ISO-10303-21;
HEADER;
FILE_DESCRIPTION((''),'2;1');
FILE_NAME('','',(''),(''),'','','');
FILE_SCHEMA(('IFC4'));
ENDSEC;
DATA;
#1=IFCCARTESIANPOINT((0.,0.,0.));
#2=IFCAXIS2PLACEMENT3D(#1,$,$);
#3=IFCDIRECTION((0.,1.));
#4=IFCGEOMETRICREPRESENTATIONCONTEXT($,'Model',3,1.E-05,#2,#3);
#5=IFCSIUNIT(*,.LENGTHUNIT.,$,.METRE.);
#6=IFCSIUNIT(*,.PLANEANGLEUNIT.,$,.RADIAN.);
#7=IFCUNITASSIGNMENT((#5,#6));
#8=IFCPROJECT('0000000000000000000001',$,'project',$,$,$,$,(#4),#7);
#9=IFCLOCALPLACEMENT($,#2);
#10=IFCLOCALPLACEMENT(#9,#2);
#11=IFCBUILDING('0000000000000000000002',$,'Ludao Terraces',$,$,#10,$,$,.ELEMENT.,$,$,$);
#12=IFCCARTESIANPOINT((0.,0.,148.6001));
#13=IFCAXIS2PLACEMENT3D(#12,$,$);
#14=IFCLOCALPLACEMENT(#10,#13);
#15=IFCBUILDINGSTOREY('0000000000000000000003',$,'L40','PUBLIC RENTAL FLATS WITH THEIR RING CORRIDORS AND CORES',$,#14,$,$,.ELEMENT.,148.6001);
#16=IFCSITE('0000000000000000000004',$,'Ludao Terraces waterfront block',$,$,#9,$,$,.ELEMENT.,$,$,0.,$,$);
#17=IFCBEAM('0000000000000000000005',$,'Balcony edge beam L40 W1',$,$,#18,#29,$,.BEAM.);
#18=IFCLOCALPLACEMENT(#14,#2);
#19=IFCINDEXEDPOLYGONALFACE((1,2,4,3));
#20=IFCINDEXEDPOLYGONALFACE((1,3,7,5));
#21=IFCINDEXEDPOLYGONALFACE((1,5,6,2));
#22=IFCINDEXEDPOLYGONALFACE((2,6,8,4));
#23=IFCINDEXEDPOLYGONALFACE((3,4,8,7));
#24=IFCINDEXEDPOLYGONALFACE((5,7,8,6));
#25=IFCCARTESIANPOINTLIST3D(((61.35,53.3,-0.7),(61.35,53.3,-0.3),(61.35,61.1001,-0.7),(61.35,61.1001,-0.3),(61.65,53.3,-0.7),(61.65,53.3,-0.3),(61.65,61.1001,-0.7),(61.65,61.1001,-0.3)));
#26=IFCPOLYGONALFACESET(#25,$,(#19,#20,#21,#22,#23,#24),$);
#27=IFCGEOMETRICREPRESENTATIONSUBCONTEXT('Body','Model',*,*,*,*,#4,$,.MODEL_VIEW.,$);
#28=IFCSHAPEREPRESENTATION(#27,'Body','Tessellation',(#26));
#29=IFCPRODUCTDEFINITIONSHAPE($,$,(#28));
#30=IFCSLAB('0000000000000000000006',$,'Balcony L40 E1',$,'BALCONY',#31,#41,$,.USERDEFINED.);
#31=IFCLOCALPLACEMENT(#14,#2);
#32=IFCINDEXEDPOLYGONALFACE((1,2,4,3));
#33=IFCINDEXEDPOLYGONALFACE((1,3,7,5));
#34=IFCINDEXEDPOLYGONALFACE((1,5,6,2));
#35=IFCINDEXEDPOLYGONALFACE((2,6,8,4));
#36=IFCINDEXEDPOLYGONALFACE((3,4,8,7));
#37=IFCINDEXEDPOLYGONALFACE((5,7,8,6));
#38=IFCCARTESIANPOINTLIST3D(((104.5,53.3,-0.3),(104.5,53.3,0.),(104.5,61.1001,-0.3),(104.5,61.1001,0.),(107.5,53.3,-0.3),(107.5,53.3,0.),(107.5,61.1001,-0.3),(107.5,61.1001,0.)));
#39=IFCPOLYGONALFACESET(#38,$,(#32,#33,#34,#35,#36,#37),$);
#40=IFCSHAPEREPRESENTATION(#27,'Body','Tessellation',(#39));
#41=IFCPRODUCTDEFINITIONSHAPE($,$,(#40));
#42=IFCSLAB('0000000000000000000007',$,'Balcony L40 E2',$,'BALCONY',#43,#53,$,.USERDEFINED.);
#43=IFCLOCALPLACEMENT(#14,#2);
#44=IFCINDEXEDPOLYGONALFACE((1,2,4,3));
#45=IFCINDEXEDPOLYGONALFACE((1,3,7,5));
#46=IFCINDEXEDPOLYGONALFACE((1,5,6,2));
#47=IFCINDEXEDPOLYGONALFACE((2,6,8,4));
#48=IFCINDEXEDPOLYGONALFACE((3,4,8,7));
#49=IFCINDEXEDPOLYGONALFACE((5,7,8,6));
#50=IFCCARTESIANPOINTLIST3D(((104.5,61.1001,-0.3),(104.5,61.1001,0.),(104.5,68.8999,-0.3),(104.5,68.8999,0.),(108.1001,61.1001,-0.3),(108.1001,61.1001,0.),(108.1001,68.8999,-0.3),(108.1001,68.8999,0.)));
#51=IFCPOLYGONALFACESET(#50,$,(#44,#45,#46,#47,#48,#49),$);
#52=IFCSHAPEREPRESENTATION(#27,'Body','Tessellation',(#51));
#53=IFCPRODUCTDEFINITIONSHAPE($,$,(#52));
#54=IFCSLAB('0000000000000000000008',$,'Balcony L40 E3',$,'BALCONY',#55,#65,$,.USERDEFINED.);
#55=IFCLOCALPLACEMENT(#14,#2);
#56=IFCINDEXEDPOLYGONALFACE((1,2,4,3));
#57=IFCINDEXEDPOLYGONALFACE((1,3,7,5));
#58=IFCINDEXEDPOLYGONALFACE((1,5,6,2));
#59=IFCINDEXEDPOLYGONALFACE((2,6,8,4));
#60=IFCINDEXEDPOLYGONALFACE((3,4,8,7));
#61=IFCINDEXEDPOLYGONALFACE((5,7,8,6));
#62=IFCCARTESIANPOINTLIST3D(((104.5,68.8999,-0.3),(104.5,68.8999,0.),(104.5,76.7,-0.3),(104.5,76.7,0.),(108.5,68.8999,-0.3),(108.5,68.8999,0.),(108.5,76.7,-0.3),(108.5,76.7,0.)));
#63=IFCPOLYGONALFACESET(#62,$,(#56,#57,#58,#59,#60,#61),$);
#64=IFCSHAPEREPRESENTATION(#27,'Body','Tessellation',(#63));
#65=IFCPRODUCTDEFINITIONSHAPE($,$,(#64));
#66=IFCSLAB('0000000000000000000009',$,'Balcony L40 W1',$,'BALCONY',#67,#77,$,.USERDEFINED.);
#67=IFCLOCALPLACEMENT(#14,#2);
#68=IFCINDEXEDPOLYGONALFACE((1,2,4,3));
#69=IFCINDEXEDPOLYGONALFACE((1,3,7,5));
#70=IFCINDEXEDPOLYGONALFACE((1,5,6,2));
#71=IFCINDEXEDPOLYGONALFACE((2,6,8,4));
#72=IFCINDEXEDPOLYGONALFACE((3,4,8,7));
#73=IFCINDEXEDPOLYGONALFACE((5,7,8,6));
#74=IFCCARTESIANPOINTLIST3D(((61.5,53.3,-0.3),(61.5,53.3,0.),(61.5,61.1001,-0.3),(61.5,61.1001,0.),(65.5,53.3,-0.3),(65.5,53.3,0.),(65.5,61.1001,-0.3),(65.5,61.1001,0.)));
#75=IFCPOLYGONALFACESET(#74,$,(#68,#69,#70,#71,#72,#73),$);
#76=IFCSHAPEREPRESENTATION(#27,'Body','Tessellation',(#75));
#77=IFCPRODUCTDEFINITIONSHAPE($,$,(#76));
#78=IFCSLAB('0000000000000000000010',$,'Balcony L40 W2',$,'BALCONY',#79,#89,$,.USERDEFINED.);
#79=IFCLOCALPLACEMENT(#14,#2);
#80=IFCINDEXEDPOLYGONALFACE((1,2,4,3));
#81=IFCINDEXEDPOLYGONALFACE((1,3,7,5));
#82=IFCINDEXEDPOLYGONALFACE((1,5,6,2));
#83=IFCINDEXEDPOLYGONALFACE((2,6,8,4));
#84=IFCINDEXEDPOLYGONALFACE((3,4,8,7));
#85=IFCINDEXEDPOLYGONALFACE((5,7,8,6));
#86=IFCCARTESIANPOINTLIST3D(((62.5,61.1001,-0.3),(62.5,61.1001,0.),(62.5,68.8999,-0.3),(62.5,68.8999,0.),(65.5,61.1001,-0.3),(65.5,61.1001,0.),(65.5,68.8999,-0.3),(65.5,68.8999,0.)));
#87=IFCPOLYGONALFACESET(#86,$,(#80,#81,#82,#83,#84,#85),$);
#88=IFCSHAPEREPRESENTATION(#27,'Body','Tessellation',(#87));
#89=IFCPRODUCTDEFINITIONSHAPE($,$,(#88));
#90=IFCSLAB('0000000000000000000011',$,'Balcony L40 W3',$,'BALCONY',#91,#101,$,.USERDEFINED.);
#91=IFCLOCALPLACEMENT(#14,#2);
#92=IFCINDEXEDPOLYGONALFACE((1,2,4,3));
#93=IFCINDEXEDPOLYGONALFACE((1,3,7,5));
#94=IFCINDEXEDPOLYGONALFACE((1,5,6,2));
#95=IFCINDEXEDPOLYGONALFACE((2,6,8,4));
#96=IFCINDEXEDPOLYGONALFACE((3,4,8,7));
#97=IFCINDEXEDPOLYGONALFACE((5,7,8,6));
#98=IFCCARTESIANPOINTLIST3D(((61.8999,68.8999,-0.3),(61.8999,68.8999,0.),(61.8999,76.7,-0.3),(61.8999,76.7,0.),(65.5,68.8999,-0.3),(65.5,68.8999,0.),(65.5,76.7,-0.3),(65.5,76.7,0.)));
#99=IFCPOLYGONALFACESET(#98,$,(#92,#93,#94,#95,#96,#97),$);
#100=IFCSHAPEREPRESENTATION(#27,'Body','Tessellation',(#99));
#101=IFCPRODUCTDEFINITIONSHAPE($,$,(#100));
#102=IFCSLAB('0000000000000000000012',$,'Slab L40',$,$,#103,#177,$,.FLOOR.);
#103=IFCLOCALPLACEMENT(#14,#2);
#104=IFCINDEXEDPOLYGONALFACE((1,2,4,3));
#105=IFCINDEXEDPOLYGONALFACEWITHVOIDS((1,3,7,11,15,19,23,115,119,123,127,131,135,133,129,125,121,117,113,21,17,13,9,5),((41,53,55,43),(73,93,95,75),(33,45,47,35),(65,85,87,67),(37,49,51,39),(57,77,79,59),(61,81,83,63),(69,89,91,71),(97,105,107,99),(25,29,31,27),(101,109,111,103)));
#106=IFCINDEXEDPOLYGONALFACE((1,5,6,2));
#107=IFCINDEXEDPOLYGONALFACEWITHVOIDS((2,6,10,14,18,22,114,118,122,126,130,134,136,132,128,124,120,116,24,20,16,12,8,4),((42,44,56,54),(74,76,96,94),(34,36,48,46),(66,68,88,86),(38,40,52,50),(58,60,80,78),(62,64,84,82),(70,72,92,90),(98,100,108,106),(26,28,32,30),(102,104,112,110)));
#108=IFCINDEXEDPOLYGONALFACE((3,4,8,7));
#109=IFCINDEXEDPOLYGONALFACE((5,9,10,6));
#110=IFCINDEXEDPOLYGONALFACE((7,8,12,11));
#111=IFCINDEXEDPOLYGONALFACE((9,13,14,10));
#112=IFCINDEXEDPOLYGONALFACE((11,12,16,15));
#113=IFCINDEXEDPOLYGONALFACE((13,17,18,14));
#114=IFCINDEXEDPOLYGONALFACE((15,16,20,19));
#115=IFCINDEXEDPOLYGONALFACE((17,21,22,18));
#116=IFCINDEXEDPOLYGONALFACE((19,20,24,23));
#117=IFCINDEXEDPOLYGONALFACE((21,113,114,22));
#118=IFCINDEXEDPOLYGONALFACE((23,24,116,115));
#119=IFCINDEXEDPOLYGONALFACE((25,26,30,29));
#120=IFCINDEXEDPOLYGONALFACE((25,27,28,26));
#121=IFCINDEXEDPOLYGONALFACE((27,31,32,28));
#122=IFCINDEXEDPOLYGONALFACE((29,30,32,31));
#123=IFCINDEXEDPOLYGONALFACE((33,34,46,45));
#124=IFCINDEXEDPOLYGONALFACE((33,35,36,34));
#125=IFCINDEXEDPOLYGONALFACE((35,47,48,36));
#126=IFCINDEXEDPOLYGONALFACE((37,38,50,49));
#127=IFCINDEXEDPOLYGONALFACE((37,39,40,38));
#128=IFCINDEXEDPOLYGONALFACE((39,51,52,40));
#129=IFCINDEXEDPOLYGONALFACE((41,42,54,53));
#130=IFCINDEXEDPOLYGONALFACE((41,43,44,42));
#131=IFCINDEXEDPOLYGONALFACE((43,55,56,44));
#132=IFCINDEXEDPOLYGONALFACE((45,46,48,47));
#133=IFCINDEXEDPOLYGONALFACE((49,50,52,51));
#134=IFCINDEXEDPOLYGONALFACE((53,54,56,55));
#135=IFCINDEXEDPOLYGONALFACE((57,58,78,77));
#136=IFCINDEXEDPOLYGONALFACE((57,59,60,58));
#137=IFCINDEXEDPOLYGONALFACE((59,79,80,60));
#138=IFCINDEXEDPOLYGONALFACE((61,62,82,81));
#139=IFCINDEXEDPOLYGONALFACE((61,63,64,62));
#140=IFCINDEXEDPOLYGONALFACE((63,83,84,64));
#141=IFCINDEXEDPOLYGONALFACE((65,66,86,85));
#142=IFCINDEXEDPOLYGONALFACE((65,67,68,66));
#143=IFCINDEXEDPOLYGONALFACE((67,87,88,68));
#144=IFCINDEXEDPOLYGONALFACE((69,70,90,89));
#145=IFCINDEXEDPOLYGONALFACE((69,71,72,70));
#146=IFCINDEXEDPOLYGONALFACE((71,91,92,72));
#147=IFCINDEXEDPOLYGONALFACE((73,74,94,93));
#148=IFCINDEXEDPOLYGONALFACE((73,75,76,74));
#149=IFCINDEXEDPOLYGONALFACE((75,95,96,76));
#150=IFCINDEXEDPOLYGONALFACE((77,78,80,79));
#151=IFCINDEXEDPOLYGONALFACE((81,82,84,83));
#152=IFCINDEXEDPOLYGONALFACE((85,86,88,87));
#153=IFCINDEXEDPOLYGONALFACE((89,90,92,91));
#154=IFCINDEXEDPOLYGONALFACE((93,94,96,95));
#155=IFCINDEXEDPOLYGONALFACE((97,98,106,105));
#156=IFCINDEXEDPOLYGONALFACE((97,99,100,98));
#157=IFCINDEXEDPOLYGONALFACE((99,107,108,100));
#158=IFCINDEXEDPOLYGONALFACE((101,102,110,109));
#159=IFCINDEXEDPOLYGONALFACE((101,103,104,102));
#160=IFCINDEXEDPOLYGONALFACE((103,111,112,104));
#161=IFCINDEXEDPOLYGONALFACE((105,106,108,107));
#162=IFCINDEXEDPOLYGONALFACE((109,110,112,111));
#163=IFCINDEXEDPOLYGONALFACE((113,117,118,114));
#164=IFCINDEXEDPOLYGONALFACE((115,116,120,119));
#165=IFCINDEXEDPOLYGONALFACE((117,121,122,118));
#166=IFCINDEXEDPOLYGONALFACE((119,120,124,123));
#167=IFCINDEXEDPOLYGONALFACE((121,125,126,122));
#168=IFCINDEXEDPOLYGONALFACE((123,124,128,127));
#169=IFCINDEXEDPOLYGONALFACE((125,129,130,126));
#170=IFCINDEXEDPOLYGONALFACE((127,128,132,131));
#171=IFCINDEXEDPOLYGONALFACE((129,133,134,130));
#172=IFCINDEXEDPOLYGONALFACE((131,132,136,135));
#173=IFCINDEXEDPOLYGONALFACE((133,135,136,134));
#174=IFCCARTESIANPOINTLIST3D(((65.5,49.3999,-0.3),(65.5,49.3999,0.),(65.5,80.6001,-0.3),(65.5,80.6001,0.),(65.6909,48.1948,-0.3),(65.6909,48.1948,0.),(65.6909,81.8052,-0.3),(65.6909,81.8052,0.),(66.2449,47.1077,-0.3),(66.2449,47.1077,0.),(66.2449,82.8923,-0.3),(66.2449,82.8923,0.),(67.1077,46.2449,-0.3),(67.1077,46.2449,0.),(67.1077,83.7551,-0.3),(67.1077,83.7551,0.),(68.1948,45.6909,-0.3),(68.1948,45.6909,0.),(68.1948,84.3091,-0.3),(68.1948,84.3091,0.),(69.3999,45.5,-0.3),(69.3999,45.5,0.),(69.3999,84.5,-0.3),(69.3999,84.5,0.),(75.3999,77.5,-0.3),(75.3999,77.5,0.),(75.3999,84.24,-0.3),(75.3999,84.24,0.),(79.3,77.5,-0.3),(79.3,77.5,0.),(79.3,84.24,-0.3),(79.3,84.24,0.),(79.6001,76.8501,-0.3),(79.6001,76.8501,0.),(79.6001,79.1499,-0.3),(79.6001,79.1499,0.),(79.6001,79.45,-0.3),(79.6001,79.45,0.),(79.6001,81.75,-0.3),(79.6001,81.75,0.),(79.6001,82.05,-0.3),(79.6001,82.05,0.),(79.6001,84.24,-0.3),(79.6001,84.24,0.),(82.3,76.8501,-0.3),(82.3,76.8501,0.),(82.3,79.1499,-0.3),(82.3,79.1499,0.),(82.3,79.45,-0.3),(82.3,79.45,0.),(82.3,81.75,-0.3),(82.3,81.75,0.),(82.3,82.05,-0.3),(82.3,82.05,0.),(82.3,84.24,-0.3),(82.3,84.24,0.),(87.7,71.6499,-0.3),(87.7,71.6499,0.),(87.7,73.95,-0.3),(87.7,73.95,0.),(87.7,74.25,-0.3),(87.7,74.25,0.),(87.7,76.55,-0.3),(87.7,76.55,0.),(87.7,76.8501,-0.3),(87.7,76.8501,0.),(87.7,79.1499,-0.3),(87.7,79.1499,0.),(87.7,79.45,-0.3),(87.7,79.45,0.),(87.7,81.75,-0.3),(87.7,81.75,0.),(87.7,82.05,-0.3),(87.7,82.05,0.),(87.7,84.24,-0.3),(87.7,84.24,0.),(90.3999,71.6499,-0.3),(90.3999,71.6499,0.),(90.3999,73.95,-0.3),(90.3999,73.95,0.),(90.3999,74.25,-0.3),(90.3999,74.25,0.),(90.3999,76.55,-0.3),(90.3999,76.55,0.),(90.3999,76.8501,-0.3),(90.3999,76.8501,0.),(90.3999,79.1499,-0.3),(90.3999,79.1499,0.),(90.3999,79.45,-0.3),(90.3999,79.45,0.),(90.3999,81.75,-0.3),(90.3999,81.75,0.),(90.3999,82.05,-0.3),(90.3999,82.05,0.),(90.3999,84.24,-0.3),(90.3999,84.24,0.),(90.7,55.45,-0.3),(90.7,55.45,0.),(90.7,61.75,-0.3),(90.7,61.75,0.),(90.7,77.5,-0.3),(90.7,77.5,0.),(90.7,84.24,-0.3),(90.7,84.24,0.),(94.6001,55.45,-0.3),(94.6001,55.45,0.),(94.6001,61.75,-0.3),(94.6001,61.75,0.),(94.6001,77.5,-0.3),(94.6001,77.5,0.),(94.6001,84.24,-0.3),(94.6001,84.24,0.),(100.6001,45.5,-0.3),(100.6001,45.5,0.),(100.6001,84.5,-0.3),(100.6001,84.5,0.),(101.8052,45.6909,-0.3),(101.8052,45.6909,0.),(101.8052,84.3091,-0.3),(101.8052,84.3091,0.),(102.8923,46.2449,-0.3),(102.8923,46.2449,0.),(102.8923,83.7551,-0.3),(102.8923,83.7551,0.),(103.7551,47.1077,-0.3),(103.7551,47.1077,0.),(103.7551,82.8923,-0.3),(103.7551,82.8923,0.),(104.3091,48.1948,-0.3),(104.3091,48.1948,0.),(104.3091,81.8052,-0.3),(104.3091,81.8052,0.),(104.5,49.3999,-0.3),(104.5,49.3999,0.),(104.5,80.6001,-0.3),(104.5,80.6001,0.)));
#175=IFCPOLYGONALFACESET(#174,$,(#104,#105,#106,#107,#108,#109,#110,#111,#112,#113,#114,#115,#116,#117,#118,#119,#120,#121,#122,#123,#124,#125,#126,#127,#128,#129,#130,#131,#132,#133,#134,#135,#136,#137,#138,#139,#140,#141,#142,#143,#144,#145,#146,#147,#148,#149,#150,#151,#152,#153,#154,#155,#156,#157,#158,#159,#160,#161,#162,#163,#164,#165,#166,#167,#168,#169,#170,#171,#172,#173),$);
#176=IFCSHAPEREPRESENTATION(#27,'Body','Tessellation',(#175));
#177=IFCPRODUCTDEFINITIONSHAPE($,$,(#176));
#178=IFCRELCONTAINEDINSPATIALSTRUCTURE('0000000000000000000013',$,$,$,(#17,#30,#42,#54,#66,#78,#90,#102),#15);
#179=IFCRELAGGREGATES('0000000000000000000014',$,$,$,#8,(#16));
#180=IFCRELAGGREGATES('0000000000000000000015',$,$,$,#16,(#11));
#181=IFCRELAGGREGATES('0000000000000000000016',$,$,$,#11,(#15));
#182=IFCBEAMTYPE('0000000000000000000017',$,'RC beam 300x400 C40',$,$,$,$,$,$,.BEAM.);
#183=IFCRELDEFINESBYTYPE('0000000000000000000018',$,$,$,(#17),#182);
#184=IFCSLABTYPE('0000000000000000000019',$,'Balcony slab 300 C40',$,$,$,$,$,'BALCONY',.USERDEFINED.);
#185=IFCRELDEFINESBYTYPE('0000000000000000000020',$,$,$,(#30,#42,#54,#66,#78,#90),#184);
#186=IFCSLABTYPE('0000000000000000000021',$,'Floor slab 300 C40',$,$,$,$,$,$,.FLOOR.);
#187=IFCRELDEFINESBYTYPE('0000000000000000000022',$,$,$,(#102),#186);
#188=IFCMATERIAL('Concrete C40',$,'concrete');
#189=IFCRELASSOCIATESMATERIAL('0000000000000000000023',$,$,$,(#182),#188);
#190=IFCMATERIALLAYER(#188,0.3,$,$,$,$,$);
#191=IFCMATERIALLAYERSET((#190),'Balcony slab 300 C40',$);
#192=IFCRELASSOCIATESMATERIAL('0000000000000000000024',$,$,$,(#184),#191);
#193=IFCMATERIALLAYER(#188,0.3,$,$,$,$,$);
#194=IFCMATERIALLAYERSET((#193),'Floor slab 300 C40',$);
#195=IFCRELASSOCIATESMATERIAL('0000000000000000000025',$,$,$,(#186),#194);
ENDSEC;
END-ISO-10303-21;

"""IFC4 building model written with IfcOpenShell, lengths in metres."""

from ifc_helpers import new_model, si_unit, direction, frame, origin, origin_2d, place, context, subcontext, project, spatial, polyline, rectangle, outline, extrude, material, layer, layer_set, material_profile, profile_set, type_object, element, save


model = new_model("IFC4")

# Units and contexts
model_context = context("Model", 3, precision=1e-05, world=origin(), true_north=direction((0.0, 1.0)))
body_context = subcontext(model_context, "Body", "Model", "MODEL_VIEW")
ifc_project = project(units=[si_unit("LENGTHUNIT", "METRE"), si_unit("PLANEANGLEUNIT", "RADIAN")], contexts=[model_context])

# Site, building, storey
site_placement = place(None, origin())
site = spatial("IfcSite", under=ifc_project, at=site_placement, Name="Ludao Terraces waterfront block", CompositionType="ELEMENT", RefElevation=0.0)
building_placement = place(site_placement, origin())
building = spatial("IfcBuilding", under=site, at=building_placement, Name="Ludao Terraces", CompositionType="ELEMENT")
storey_placement = place(building_placement, frame((0.0, 0.0, 148.6001)))
storey = spatial("IfcBuildingStorey", under=building, at=storey_placement, Name="L40", Description="PUBLIC RENTAL FLATS WITH THEIR RING CORRIDORS AND CORES", CompositionType="ELEMENT", Elevation=148.6001)

# Beam
ifc_material_1 = material(Name="Concrete C40", Category="concrete")
ifc_material_profile = material_profile(ifc_material_1, rectangle(XDim=0.3, YDim=0.3999, at=origin_2d()), Name="300 X 400")
ifc_profile_set = profile_set([ifc_material_profile], Name="Concrete C40")
beam_type = type_object("IfcBeamType", Name="RC beam 300x400 C40", PredefinedType="BEAM", material=ifc_profile_set)
beam_placement = place(storey_placement, frame((61.5, 53.3, -0.5), z_axis=(0.0, 1.0, 0.0), x_axis=(-1.0, 0.0, 0.0)))
element("IfcBeam", 1, at=beam_placement, inside=storey, type_object=beam_type, Name="Balcony edge beam L40 W1", PredefinedType="BEAM", context=body_context, shape_type="SweptSolid", body=[
    extrude(rectangle(XDim=0.3, YDim=0.3999, at=origin_2d()), origin(), (0.0, 0.0, 1.0), 7.8),
])

# Slabs
ifc_layer_1 = layer(ifc_material_1, 0.3)
ifc_layer_set_1 = layer_set([ifc_layer_1], Name="Balcony slab 300 C40")
slab_type_1 = type_object("IfcSlabType", Name="Balcony slab 300 C40", ElementType="BALCONY", PredefinedType="USERDEFINED", material=ifc_layer_set_1)
slab_1_placement = place(storey_placement, frame((0.0, 0.0, -0.3)))
element("IfcSlab", 2, at=slab_1_placement, inside=storey, type_object=slab_type_1, Name="Balcony L40 E1", ObjectType="BALCONY", PredefinedType="USERDEFINED", context=body_context, shape_type="SweptSolid", body=[
    extrude(outline(polyline([(104.5, 53.3), (107.5, 53.3), (107.5, 61.1001), (104.5, 61.1001), (104.5, 53.3)])), origin(), (0.0, 0.0, 1.0), 0.3),
])
slab_2_placement = place(storey_placement, frame((0.0, 0.0, -0.3)))
element("IfcSlab", 3, at=slab_2_placement, inside=storey, type_object=slab_type_1, Name="Balcony L40 E2", ObjectType="BALCONY", PredefinedType="USERDEFINED", context=body_context, shape_type="SweptSolid", body=[
    extrude(outline(polyline([(104.5, 61.1001), (108.1001, 61.1001), (108.1001, 68.8999), (104.5, 68.8999), (104.5, 61.1001)])), origin(), (0.0, 0.0, 1.0), 0.3),
])
slab_3_placement = place(storey_placement, frame((0.0, 0.0, -0.3)))
element("IfcSlab", 4, at=slab_3_placement, inside=storey, type_object=slab_type_1, Name="Balcony L40 E3", ObjectType="BALCONY", PredefinedType="USERDEFINED", context=body_context, shape_type="SweptSolid", body=[
    extrude(outline(polyline([(104.5, 68.8999), (108.5, 68.8999), (108.5, 76.7), (104.5, 76.7), (104.5, 68.8999)])), origin(), (0.0, 0.0, 1.0), 0.3),
])
slab_4_placement = place(storey_placement, frame((0.0, 0.0, -0.3)))
element("IfcSlab", 5, at=slab_4_placement, inside=storey, type_object=slab_type_1, Name="Balcony L40 W1", ObjectType="BALCONY", PredefinedType="USERDEFINED", context=body_context, shape_type="SweptSolid", body=[
    extrude(outline(polyline([(61.5, 53.3), (65.5, 53.3), (65.5, 61.1001), (61.5, 61.1001), (61.5, 53.3)])), origin(), (0.0, 0.0, 1.0), 0.3),
])
slab_5_placement = place(storey_placement, frame((0.0, 0.0, -0.3)))
element("IfcSlab", 6, at=slab_5_placement, inside=storey, type_object=slab_type_1, Name="Balcony L40 W2", ObjectType="BALCONY", PredefinedType="USERDEFINED", context=body_context, shape_type="SweptSolid", body=[
    extrude(outline(polyline([(62.5, 61.1001), (65.5, 61.1001), (65.5, 68.8999), (62.5, 68.8999), (62.5, 61.1001)])), origin(), (0.0, 0.0, 1.0), 0.3),
])
slab_6_placement = place(storey_placement, frame((0.0, 0.0, -0.3)))
element("IfcSlab", 7, at=slab_6_placement, inside=storey, type_object=slab_type_1, Name="Balcony L40 W3", ObjectType="BALCONY", PredefinedType="USERDEFINED", context=body_context, shape_type="SweptSolid", body=[
    extrude(outline(polyline([(61.8999, 68.8999), (65.5, 68.8999), (65.5, 76.7), (61.8999, 76.7), (61.8999, 68.8999)])), origin(), (0.0, 0.0, 1.0), 0.3),
])
ifc_layer_2 = layer(ifc_material_1, 0.3)
ifc_layer_set_2 = layer_set([ifc_layer_2], Name="Floor slab 300 C40")
slab_type_2 = type_object("IfcSlabType", Name="Floor slab 300 C40", PredefinedType="FLOOR", material=ifc_layer_set_2)
slab_7_placement = place(storey_placement, frame((0.0, 0.0, -0.3)))
element("IfcSlab", 8, at=slab_7_placement, inside=storey, type_object=slab_type_2, Name="Slab L40", PredefinedType="FLOOR", context=body_context, shape_type="SweptSolid", body=[
    extrude(outline(polyline([(100.6001, 45.5), (101.8052, 45.6909), (102.8923, 46.2449), (103.7551, 47.1077), (104.3091, 48.1948), (104.5, 49.3999), (104.5, 80.6001), (104.3091, 81.8052), (103.7551, 82.8923), (102.8923, 83.7551), (101.8052, 84.3091), (100.6001, 84.5), (69.3999, 84.5), (68.1948, 84.3091), (67.1077, 83.7551), (66.2449, 82.8923), (65.6909, 81.8052), (65.5, 80.6001), (65.5, 49.3999), (65.6909, 48.1948), (66.2449, 47.1077), (67.1077, 46.2449), (68.1948, 45.6909), (69.3999, 45.5), (100.6001, 45.5)]), holes=[polyline([(79.6001, 76.8501), (82.3, 76.8501), (82.3, 79.1499), (79.6001, 79.1499), (79.6001, 76.8501)]), polyline([(79.6001, 79.45), (82.3, 79.45), (82.3, 81.75), (79.6001, 81.75), (79.6001, 79.45)]), polyline([(79.6001, 82.05), (82.3, 82.05), (82.3, 84.24), (79.6001, 84.24), (79.6001, 82.05)]), polyline([(87.7, 71.6499), (90.3999, 71.6499), (90.3999, 73.95), (87.7, 73.95), (87.7, 71.6499)]), polyline([(87.7, 74.25), (90.3999, 74.25), (90.3999, 76.55), (87.7, 76.55), (87.7, 74.25)]), polyline([(87.7, 76.8501), (90.3999, 76.8501), (90.3999, 79.1499), (87.7, 79.1499), (87.7, 76.8501)]), polyline([(87.7, 79.45), (90.3999, 79.45), (90.3999, 81.75), (87.7, 81.75), (87.7, 79.45)]), polyline([(87.7, 82.05), (90.3999, 82.05), (90.3999, 84.24), (87.7, 84.24), (87.7, 82.05)]), polyline([(75.3999, 77.5), (79.3, 77.5), (79.3, 84.24), (75.3999, 84.24), (75.3999, 77.5)]), polyline([(90.7, 77.5), (94.6001, 77.5), (94.6001, 84.24), (90.7, 84.24), (90.7, 77.5)]), polyline([(90.7, 55.45), (94.6001, 55.45), (94.6001, 61.75), (90.7, 61.75), (90.7, 55.45)])]), origin(), (0.0, 0.0, 1.0), 0.3),
])

save(model, "model.ifc")
